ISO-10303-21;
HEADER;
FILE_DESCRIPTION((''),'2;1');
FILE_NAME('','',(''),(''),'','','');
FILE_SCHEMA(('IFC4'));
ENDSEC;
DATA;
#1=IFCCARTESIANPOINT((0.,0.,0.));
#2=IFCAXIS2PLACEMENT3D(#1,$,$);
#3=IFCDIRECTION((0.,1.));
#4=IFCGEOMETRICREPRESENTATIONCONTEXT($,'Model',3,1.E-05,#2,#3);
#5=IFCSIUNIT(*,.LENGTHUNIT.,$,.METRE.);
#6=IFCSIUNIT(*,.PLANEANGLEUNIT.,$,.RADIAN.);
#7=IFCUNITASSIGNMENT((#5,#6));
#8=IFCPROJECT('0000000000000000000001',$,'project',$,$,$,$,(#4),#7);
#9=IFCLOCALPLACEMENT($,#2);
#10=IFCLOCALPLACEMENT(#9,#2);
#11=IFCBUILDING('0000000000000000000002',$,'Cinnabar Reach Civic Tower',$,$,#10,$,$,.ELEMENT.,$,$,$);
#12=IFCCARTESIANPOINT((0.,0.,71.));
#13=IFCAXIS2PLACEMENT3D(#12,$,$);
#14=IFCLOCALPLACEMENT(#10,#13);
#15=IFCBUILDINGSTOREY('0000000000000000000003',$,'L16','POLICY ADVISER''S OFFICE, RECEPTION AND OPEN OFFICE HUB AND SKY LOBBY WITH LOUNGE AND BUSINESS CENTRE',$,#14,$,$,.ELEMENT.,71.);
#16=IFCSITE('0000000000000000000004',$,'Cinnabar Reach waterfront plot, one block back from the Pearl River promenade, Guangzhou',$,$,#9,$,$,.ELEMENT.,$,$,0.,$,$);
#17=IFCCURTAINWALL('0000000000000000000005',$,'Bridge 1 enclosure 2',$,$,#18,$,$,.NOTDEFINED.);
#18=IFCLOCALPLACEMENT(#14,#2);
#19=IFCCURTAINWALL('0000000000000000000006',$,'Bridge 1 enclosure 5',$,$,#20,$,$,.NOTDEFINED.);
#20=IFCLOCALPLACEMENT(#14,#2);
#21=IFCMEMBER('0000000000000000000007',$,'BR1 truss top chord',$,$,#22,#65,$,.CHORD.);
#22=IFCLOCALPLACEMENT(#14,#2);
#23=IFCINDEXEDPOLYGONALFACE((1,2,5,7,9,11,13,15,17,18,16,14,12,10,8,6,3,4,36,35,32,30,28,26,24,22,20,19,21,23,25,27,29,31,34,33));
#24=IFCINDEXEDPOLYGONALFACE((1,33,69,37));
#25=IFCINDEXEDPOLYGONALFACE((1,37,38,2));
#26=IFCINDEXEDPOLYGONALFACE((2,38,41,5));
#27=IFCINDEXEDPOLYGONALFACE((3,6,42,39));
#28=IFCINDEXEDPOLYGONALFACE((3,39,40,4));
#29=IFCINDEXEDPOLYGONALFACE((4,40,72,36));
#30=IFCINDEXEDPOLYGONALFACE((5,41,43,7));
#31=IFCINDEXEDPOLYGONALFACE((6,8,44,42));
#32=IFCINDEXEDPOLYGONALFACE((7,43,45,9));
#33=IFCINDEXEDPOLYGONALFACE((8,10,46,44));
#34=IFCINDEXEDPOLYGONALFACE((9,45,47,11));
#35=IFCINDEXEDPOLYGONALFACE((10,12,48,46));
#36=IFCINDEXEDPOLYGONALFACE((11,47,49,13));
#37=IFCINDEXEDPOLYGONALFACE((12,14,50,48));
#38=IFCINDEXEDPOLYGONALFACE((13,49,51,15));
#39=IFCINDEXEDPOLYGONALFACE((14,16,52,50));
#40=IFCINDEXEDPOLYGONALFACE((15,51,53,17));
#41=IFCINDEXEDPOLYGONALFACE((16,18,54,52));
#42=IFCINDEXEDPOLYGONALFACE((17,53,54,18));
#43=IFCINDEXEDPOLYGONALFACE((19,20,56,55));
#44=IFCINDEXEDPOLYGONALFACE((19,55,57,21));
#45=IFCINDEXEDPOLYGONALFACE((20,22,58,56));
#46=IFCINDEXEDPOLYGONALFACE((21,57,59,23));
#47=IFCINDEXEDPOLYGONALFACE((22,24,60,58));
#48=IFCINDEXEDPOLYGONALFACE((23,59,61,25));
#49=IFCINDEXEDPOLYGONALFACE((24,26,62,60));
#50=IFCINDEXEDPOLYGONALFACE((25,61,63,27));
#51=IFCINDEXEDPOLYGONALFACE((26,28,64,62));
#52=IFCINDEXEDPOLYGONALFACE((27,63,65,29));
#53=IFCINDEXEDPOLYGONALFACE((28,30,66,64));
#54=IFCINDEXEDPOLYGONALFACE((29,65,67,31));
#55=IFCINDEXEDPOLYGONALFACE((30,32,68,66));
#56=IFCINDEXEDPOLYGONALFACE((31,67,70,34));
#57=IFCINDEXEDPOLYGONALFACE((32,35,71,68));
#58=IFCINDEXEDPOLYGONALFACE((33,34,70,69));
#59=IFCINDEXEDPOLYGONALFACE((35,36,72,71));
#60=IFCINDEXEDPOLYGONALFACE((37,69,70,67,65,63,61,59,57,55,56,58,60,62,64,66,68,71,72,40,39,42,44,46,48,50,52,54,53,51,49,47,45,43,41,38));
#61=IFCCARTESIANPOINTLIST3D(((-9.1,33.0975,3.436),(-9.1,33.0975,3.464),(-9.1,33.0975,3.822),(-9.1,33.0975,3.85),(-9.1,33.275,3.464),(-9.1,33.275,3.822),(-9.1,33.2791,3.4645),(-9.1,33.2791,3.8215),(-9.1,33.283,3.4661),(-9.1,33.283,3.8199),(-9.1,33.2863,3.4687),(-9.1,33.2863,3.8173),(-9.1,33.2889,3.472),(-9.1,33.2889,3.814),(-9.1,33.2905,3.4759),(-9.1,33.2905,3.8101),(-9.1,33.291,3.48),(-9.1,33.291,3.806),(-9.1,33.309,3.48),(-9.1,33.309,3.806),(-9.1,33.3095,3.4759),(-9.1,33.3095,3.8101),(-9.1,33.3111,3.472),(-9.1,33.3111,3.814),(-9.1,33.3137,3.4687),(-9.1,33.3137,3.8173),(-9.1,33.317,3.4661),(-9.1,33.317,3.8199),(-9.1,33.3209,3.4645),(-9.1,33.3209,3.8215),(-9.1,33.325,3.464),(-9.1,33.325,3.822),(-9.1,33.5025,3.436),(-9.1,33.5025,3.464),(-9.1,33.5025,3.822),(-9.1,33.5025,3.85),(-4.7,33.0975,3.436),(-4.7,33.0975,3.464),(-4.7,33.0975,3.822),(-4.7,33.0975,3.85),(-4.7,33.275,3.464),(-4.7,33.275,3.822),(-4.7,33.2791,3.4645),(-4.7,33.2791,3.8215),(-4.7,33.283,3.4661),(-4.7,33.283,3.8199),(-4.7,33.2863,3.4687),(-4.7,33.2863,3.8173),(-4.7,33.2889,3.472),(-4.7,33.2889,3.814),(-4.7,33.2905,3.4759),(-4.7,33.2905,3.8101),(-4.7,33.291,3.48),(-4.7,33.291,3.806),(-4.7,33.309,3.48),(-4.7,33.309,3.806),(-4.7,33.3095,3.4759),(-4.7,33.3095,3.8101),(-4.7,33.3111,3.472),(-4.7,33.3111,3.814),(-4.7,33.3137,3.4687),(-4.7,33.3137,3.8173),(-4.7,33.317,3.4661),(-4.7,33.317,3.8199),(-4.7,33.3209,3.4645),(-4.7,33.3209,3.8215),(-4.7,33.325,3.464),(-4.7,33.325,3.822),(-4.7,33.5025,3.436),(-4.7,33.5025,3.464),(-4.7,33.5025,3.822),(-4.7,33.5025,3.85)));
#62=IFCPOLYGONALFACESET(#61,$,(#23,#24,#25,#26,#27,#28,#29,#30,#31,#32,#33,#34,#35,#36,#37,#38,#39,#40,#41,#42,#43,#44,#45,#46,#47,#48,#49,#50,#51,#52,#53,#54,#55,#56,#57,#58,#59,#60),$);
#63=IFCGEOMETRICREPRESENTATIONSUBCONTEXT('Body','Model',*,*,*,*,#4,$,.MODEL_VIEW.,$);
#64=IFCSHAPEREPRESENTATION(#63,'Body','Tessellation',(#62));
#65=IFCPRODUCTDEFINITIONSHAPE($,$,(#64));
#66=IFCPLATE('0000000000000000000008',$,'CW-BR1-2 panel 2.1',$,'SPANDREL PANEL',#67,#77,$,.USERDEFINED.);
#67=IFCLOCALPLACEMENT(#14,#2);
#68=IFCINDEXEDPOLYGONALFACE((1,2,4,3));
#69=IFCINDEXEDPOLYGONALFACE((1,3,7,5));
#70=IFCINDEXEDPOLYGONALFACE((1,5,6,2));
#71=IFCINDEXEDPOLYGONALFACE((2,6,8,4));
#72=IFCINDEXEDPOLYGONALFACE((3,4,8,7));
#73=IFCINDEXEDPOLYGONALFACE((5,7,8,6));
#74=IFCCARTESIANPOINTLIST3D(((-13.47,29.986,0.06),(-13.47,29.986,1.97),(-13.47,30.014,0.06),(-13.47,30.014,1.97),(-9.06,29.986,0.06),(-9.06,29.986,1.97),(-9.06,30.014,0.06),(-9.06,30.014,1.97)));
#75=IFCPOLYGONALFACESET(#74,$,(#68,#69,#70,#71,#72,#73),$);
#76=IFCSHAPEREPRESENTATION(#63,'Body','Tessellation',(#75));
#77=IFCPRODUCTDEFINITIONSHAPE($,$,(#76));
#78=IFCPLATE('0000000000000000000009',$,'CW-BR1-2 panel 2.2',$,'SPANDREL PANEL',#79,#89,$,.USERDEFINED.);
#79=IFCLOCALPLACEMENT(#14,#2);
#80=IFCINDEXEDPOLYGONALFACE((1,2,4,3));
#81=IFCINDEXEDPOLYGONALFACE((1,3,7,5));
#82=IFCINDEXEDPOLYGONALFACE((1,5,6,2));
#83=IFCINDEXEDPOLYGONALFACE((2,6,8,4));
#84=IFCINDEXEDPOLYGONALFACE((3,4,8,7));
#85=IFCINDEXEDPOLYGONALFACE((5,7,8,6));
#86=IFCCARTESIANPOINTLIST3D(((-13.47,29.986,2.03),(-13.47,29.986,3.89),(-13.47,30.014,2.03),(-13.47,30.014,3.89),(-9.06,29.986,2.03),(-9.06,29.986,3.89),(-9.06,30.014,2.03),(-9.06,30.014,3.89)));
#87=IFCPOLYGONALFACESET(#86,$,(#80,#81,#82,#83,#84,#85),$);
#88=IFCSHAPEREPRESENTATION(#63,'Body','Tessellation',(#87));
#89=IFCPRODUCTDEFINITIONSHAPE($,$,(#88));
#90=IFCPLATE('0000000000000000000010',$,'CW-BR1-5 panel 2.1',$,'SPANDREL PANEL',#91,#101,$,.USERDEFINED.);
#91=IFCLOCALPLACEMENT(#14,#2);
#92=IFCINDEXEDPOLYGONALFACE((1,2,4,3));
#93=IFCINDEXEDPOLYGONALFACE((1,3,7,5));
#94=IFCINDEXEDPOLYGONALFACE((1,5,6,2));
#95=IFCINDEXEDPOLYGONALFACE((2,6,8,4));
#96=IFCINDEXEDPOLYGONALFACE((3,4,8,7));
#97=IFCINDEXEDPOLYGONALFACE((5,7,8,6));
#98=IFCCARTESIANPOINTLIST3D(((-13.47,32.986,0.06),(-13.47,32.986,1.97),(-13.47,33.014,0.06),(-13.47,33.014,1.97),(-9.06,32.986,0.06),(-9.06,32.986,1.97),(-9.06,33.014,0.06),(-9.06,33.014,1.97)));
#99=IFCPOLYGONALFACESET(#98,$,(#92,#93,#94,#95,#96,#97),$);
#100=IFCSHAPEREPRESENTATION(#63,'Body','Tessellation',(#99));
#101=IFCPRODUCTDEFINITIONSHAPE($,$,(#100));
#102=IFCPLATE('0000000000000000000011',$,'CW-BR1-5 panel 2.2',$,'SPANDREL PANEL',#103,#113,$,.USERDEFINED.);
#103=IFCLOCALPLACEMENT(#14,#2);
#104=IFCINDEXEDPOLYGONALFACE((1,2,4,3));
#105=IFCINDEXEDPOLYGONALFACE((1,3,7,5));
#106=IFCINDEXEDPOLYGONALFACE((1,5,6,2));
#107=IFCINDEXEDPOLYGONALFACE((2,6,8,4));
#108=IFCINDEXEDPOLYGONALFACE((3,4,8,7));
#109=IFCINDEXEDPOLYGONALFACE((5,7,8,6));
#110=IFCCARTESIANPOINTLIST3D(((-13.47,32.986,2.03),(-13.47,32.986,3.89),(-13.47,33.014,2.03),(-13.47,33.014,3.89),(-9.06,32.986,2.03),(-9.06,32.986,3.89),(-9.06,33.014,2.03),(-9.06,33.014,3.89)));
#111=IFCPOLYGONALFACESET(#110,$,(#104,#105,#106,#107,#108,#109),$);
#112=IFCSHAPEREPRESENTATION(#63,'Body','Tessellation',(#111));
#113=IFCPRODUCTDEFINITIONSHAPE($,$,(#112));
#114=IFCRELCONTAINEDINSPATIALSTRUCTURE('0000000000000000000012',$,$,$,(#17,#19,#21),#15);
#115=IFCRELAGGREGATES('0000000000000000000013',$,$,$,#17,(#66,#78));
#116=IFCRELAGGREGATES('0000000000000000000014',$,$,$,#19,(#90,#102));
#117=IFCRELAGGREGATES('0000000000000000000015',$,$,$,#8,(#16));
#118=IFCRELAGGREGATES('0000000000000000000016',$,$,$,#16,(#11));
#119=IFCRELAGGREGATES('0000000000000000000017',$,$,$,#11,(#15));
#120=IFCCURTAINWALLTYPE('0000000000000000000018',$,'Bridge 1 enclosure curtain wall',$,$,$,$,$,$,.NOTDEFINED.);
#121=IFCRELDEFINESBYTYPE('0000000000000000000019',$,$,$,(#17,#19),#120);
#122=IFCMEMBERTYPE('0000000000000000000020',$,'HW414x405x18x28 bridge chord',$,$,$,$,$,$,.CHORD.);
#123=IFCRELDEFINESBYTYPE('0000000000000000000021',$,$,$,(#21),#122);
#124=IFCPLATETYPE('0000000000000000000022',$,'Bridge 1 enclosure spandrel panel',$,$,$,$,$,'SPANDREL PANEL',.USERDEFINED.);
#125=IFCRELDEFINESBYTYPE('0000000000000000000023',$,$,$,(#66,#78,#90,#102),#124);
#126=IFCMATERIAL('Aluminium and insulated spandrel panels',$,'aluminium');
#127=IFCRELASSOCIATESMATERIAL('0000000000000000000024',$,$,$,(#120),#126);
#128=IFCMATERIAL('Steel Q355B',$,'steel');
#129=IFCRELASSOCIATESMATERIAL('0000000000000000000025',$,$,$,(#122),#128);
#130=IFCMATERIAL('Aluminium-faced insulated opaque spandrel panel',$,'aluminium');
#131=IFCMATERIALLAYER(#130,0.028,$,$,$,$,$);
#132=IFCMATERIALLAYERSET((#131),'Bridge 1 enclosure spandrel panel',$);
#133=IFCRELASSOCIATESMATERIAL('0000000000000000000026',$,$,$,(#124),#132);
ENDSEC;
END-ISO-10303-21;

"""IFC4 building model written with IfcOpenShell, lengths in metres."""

from ifc_helpers import new_model, si_unit, direction, frame, origin, origin_2d, place, context, subcontext, project, spatial, rectangle, i_section, extrude, material, layer, layer_set, material_profile, profile_set, type_object, element, aggregate, save


model = new_model("IFC4")

# Units and contexts
model_context = context("Model", 3, precision=1e-05, world=origin(), true_north=direction((0.0, 1.0)))
body_context = subcontext(model_context, "Body", "Model", "MODEL_VIEW")
ifc_project = project(units=[si_unit("LENGTHUNIT", "METRE"), si_unit("PLANEANGLEUNIT", "RADIAN")], contexts=[model_context])

# Site, building, storey
site_placement = place(None, origin())
site = spatial("IfcSite", under=ifc_project, at=site_placement, Name="Cinnabar Reach waterfront plot, one block back from the Pearl River promenade, Guangzhou", CompositionType="ELEMENT", RefElevation=0.0)
building_placement = place(site_placement, origin())
building = spatial("IfcBuilding", under=site, at=building_placement, Name="Cinnabar Reach Civic Tower", CompositionType="ELEMENT")
storey_placement = place(building_placement, frame((0.0, 0.0, 71.0)))
storey = spatial("IfcBuildingStorey", under=building, at=storey_placement, Name="L16", Description="POLICY ADVISER'S OFFICE, RECEPTION AND OPEN OFFICE HUB AND SKY LOBBY WITH LOUNGE AND BUSINESS CENTRE", CompositionType="ELEMENT", Elevation=71.0)

# Curtain walls
ifc_material_1 = material(Name="Aluminium and insulated spandrel panels", Category="aluminium")
curtain_wall_type = type_object("IfcCurtainWallType", Name="Bridge 1 enclosure curtain wall", PredefinedType="NOTDEFINED", material=ifc_material_1)
curtain_wall_1_placement = place(storey_placement, origin())
curtain_wall_1 = element("IfcCurtainWall", 1, at=curtain_wall_1_placement, inside=storey, type_object=curtain_wall_type, Name="Bridge 1 enclosure 2", PredefinedType="NOTDEFINED")
curtain_wall_2_placement = place(storey_placement, origin())
curtain_wall_2 = element("IfcCurtainWall", 2, at=curtain_wall_2_placement, inside=storey, type_object=curtain_wall_type, Name="Bridge 1 enclosure 5", PredefinedType="NOTDEFINED")

# Member
ifc_material_2 = material(Name="Steel Q355B", Category="steel")
ifc_material_profile_1 = material_profile(ifc_material_2, i_section(OverallWidth=0.405, OverallDepth=0.414, WebThickness=0.018, FlangeThickness=0.028, FilletRadius=0.016, at=origin_2d()), Name="HW414x405x18x28")
ifc_profile_set_1 = profile_set([ifc_material_profile_1], Name="Steel Q355B")
member_type_1 = type_object("IfcMemberType", Name="HW414x405x18x28 bridge chord", PredefinedType="CHORD", material=ifc_profile_set_1)
for number, where, z_axis, x_axis, name in (
    (3, (-9.1, 33.3, 3.643), (1.0, 0.0, 0.0), (0.0, 1.0, 0.0), "BR1 truss top chord"),
):
    element("IfcMember", number, at=place(storey_placement, frame(where, z_axis=z_axis, x_axis=x_axis)), inside=storey, type_object=member_type_1, Name=name, PredefinedType="CHORD", context=body_context, shape_type="SweptSolid", body=[
        extrude(i_section(OverallWidth=0.405, OverallDepth=0.414, WebThickness=0.018, FlangeThickness=0.028, FilletRadius=0.016, at=origin_2d()), origin(), (0.0, 0.0, 1.0), 4.4),
    ])

# Plates
ifc_material_3 = material(Name="Aluminium-faced insulated opaque spandrel panel", Category="aluminium")
ifc_layer = layer(ifc_material_3, 0.028)
ifc_layer_set = layer_set([ifc_layer], Name="Bridge 1 enclosure spandrel panel")
plate_type = type_object("IfcPlateType", Name="Bridge 1 enclosure spandrel panel", ElementType="SPANDREL PANEL", PredefinedType="USERDEFINED", material=ifc_layer_set)
plate_1_placement = place(storey_placement, frame((-11.265, 30.0, 0.06), z_axis=(0.0, 0.0, 1.0), x_axis=(1.0, 0.0, 0.0)))
plate_1 = element("IfcPlate", 4, at=plate_1_placement, type_object=plate_type, Name="CW-BR1-2 panel 2.1", ObjectType="SPANDREL PANEL", PredefinedType="USERDEFINED", context=body_context, shape_type="SweptSolid", body=[
    extrude(rectangle(XDim=4.41, YDim=0.028, at=origin_2d()), origin(), (0.0, 0.0, 1.0), 1.91),
])
plate_2_placement = place(storey_placement, frame((-11.265, 30.0, 2.03), z_axis=(0.0, 0.0, 1.0), x_axis=(1.0, 0.0, 0.0)))
plate_2 = element("IfcPlate", 5, at=plate_2_placement, type_object=plate_type, Name="CW-BR1-2 panel 2.2", ObjectType="SPANDREL PANEL", PredefinedType="USERDEFINED", context=body_context, shape_type="SweptSolid", body=[
    extrude(rectangle(XDim=4.41, YDim=0.028, at=origin_2d()), origin(), (0.0, 0.0, 1.0), 1.86),
])
aggregate(curtain_wall_1, [plate_1, plate_2])
plate_3_placement = place(storey_placement, frame((-11.265, 33.0, 0.06), z_axis=(0.0, 0.0, 1.0), x_axis=(1.0, 0.0, 0.0)))
plate_3 = element("IfcPlate", 6, at=plate_3_placement, type_object=plate_type, Name="CW-BR1-5 panel 2.1", ObjectType="SPANDREL PANEL", PredefinedType="USERDEFINED", context=body_context, shape_type="SweptSolid", body=[
    extrude(rectangle(XDim=4.41, YDim=0.028, at=origin_2d()), origin(), (0.0, 0.0, 1.0), 1.91),
])
plate_4_placement = place(storey_placement, frame((-11.265, 33.0, 2.03), z_axis=(0.0, 0.0, 1.0), x_axis=(1.0, 0.0, 0.0)))
plate_4 = element("IfcPlate", 7, at=plate_4_placement, type_object=plate_type, Name="CW-BR1-5 panel 2.2", ObjectType="SPANDREL PANEL", PredefinedType="USERDEFINED", context=body_context, shape_type="SweptSolid", body=[
    extrude(rectangle(XDim=4.41, YDim=0.028, at=origin_2d()), origin(), (0.0, 0.0, 1.0), 1.86),
])
aggregate(curtain_wall_2, [plate_3, plate_4])

save(model, "model.ifc")
